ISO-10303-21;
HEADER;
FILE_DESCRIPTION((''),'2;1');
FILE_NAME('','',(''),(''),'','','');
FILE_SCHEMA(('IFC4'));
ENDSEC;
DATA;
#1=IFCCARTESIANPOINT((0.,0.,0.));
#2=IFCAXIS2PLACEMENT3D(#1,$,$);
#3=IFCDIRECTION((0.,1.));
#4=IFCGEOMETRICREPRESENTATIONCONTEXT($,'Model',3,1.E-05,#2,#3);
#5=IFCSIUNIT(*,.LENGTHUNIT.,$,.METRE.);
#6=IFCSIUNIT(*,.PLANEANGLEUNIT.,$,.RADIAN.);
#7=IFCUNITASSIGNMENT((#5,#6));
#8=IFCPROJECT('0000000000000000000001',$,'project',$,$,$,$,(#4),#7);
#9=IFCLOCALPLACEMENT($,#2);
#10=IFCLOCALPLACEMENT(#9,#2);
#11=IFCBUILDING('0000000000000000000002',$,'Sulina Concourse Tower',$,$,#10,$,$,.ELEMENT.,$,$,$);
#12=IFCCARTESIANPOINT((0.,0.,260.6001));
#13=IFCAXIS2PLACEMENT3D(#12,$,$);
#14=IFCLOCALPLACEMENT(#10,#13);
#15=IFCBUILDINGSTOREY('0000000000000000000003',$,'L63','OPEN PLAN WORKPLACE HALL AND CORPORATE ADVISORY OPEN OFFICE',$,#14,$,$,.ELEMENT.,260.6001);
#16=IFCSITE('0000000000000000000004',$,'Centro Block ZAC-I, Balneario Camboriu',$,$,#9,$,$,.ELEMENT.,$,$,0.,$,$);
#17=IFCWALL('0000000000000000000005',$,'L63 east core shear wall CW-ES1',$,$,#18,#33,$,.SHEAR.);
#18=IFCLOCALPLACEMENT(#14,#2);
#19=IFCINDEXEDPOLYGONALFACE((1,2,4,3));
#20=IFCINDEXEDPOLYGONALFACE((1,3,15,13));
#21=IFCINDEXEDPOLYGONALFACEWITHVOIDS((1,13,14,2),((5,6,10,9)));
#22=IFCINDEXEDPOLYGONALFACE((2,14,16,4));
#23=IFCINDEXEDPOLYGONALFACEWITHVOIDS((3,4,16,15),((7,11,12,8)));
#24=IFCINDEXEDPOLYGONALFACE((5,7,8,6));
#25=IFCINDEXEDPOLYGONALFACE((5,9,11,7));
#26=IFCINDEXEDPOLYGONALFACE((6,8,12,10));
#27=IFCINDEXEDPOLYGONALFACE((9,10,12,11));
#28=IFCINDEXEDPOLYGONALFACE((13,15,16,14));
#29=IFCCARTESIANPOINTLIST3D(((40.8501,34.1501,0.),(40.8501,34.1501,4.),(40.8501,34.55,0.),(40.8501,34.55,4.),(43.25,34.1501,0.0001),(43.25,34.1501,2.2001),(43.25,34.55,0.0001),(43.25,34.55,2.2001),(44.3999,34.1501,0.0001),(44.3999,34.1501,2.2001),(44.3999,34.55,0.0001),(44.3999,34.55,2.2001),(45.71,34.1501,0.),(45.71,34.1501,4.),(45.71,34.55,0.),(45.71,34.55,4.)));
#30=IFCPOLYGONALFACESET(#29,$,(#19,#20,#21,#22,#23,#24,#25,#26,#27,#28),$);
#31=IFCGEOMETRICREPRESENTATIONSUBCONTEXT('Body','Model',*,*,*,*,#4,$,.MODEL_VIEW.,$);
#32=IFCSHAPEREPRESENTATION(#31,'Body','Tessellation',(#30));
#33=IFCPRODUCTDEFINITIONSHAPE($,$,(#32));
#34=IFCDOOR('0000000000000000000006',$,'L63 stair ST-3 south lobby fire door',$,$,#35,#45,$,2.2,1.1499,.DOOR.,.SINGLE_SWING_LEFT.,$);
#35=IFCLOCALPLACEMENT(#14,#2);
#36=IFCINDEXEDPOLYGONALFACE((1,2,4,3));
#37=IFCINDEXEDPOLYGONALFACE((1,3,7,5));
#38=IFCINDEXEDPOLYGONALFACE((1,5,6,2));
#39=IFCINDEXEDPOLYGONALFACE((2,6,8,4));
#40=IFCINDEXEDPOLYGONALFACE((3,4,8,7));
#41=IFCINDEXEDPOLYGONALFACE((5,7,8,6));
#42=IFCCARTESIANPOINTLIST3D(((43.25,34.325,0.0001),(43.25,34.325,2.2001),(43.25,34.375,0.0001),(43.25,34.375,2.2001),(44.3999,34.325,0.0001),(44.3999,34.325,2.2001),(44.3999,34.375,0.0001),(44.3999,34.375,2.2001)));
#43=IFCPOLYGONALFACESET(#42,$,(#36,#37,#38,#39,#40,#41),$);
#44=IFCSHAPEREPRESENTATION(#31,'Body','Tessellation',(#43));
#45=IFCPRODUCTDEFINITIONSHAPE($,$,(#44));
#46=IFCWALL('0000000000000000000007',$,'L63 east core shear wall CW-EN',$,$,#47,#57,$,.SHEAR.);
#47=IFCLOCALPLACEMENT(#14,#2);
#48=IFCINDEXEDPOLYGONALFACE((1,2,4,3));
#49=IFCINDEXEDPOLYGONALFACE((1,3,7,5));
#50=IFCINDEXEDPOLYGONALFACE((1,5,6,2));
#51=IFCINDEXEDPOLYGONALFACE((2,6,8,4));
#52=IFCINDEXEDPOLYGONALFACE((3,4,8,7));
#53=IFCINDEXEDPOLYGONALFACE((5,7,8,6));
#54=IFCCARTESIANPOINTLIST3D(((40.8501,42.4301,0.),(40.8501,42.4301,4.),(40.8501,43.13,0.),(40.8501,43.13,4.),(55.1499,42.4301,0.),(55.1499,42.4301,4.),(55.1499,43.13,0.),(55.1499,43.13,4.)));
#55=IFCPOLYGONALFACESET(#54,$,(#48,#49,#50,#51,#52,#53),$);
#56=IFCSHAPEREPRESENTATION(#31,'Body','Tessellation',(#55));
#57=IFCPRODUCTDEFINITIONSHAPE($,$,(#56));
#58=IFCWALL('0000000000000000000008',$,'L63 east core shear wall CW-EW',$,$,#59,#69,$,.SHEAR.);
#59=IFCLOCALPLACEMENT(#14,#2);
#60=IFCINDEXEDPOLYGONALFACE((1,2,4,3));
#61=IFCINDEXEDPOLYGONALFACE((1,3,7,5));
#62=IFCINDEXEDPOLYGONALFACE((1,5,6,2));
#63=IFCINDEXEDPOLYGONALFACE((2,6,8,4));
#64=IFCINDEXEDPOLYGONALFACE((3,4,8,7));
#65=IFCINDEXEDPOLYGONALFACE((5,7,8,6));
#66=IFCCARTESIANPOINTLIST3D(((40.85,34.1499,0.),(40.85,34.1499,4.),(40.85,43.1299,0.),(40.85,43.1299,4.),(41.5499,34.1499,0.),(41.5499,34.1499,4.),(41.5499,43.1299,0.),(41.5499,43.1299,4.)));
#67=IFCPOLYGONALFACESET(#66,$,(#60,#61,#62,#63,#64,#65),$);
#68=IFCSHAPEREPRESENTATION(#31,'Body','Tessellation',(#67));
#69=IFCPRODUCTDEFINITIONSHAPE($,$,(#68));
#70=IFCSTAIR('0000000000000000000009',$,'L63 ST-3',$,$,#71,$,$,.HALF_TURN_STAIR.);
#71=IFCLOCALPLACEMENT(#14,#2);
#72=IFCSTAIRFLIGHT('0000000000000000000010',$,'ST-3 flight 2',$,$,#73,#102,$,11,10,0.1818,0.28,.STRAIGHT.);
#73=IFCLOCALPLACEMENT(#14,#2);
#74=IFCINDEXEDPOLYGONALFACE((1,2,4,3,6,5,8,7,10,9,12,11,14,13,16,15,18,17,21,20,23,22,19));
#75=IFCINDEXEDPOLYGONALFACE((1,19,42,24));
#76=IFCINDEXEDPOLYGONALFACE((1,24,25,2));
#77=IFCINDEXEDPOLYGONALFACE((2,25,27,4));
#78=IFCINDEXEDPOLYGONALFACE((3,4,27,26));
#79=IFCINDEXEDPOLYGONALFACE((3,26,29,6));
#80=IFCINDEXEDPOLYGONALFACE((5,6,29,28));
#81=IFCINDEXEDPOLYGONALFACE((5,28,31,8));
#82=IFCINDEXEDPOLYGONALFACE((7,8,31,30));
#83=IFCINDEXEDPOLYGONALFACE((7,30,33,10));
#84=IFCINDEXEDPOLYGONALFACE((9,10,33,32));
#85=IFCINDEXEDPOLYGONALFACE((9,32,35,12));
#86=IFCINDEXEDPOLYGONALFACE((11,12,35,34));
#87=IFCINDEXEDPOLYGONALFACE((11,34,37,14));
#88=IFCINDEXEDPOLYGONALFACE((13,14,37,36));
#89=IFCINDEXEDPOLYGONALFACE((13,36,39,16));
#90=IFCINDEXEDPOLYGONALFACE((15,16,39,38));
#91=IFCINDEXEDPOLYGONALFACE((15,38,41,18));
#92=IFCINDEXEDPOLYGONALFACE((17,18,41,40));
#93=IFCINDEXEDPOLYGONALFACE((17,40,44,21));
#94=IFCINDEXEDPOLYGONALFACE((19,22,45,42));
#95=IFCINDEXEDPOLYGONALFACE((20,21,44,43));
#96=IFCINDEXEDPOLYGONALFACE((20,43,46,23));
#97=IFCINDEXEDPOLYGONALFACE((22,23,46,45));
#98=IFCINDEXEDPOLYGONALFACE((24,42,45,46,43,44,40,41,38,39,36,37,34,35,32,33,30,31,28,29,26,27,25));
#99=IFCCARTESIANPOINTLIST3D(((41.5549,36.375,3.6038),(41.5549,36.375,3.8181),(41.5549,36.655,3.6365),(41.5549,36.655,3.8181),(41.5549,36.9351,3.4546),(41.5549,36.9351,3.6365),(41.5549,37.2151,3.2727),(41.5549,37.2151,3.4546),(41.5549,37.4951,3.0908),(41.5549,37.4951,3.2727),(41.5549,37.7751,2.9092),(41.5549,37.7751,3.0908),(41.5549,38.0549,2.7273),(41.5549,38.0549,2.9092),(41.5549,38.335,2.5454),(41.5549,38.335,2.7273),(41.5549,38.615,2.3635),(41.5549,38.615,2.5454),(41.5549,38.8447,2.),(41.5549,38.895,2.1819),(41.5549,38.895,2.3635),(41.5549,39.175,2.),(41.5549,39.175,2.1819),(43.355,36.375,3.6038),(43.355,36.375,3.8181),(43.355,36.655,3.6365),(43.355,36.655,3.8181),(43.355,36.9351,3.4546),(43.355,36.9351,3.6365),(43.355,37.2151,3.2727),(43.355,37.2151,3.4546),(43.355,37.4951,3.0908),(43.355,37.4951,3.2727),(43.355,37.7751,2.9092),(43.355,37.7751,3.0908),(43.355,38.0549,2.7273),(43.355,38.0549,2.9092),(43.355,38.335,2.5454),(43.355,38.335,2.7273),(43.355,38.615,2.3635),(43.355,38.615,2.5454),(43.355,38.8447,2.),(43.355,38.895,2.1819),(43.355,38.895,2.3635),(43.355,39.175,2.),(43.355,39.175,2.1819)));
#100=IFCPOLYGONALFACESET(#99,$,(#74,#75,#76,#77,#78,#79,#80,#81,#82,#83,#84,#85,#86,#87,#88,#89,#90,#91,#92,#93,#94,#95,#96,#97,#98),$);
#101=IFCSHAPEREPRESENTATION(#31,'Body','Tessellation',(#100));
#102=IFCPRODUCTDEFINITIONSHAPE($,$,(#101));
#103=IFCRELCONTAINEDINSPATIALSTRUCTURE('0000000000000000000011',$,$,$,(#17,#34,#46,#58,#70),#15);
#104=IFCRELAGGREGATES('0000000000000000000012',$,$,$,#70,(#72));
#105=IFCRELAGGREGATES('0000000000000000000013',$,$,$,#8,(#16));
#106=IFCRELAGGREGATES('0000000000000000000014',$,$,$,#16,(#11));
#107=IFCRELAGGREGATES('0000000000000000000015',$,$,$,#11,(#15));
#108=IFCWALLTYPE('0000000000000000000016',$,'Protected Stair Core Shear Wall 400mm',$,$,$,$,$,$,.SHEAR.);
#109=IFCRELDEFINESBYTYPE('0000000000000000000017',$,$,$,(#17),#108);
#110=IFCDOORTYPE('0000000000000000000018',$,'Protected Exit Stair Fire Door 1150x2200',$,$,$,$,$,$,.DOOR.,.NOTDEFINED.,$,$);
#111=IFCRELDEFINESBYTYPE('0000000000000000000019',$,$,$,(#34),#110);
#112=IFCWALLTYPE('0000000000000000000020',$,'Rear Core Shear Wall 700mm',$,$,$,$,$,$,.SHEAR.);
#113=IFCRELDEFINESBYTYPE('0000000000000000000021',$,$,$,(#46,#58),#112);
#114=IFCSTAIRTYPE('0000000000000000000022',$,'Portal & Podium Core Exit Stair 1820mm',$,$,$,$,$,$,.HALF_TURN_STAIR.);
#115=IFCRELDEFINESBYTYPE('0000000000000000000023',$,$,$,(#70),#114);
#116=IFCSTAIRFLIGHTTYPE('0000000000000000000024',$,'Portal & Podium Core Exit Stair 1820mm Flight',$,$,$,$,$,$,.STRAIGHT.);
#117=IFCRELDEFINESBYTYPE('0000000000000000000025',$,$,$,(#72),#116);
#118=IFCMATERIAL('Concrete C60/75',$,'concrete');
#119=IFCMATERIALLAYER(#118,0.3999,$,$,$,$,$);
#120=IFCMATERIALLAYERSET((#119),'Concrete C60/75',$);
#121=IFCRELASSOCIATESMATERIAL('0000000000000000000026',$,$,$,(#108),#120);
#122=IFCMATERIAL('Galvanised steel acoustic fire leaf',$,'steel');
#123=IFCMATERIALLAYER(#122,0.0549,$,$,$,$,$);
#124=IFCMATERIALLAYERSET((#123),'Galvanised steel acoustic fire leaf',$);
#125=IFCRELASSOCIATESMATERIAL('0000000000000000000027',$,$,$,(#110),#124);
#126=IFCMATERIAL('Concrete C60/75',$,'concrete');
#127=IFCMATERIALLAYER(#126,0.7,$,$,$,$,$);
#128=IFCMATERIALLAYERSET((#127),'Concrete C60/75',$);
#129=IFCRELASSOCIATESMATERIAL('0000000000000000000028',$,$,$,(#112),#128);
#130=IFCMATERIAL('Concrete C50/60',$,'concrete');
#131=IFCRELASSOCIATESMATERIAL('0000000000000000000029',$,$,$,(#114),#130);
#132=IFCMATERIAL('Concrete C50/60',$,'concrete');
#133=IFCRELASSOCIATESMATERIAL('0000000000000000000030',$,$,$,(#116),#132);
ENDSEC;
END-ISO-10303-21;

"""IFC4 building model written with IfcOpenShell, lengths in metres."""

from ifc_helpers import new_model, si_unit, direction, frame, frame_2d, origin, place, context, subcontext, project, spatial, polyline, rectangle, outline, extrude, material, layer, layer_set, type_object, element, fill, aggregate, save


model = new_model("IFC4")

# Units and contexts
model_context = context("Model", 3, precision=1e-05, world=origin(), true_north=direction((0.0, 1.0)))
body_context = subcontext(model_context, "Body", "Model", "MODEL_VIEW")
ifc_project = project(units=[si_unit("LENGTHUNIT", "METRE"), si_unit("PLANEANGLEUNIT", "RADIAN")], contexts=[model_context])

# Site, building, storey
site_placement = place(None, origin())
site = spatial("IfcSite", under=ifc_project, at=site_placement, Name="Centro Block ZAC-I, Balneario Camboriu", CompositionType="ELEMENT", RefElevation=0.0)
building_placement = place(site_placement, origin())
building = spatial("IfcBuilding", under=site, at=building_placement, Name="Sulina Concourse Tower", CompositionType="ELEMENT")
storey_placement = place(building_placement, frame((0.0, 0.0, 260.6001)))
storey = spatial("IfcBuildingStorey", under=building, at=storey_placement, Name="L63", Description="OPEN PLAN WORKPLACE HALL AND CORPORATE ADVISORY OPEN OFFICE", CompositionType="ELEMENT", Elevation=260.6001)

# Wall, opening, door
ifc_material_1 = material(Name="Concrete C60/75", Category="concrete")
ifc_layer_1 = layer(ifc_material_1, 0.3999)
ifc_layer_set_1 = layer_set([ifc_layer_1], Name="Concrete C60/75")
wall_type_1 = type_object("IfcWallType", Name="Protected Stair Core Shear Wall 400mm", PredefinedType="SHEAR", material=ifc_layer_set_1)
wall_1_placement = place(storey_placement, frame((40.8501, 34.3501, 0.0), z_axis=(0.0, 0.0, 1.0), x_axis=(1.0, 0.0, 0.0)))
wall_1 = element("IfcWall", 1, at=wall_1_placement, inside=storey, type_object=wall_type_1, Name="L63 east core shear wall CW-ES1", PredefinedType="SHEAR", context=body_context, shape_type="SweptSolid", body=[
    extrude(rectangle(XDim=4.8599, YDim=0.3999, at=frame_2d((2.4299, 0.0))), origin(), (0.0, 0.0, 1.0), 4.0),
])
opening_placement = place(wall_1_placement, frame((2.3999, 0.0, 0.0)))
opening = element("IfcOpeningElement", 2, at=opening_placement, cuts=wall_1, PredefinedType="OPENING", context=body_context, shape_type="SweptSolid", body=[
    extrude(rectangle(XDim=1.1499, YDim=2.2, at=frame_2d((0.575, 1.1001))), frame((0.0, 0.21, 0.0), z_axis=(0.0, -1.0, 0.0), x_axis=(1.0, 0.0, 0.0)), (0.0, 0.0, 1.0), 0.4199),
])
ifc_material_2 = material(Name="Galvanised steel acoustic fire leaf", Category="steel")
ifc_layer_2 = layer(ifc_material_2, 0.0549)
ifc_layer_set_2 = layer_set([ifc_layer_2], Name="Galvanised steel acoustic fire leaf")
door_type = type_object("IfcDoorType", Name="Protected Exit Stair Fire Door 1150x2200", OperationType="NOTDEFINED", PredefinedType="DOOR", material=ifc_layer_set_2)
door_placement = place(opening_placement, origin())
door = element("IfcDoor", 3, at=door_placement, inside=storey, type_object=door_type, Name="L63 stair ST-3 south lobby fire door", OperationType="SINGLE_SWING_LEFT", OverallHeight=2.2, OverallWidth=1.1499, PredefinedType="DOOR", context=body_context, shape_type="SweptSolid", body=[
    extrude(rectangle(XDim=1.1499, YDim=2.2, at=frame_2d((0.575, 1.1001))), frame((0.0, 0.0249, 0.0), z_axis=(0.0, -1.0, 0.0), x_axis=(1.0, 0.0, 0.0)), (0.0, 0.0, 1.0), 0.05),
])
fill(opening, door)

# Walls
ifc_material_3 = material(Name="Concrete C60/75", Category="concrete")
ifc_layer_3 = layer(ifc_material_3, 0.7)
ifc_layer_set_3 = layer_set([ifc_layer_3], Name="Concrete C60/75")
wall_type_2 = type_object("IfcWallType", Name="Rear Core Shear Wall 700mm", PredefinedType="SHEAR", material=ifc_layer_set_3)
wall_2_placement = place(storey_placement, frame((40.8501, 42.78, 0.0), z_axis=(0.0, 0.0, 1.0), x_axis=(1.0, 0.0, 0.0)))
element("IfcWall", 4, at=wall_2_placement, inside=storey, type_object=wall_type_2, Name="L63 east core shear wall CW-EN", PredefinedType="SHEAR", context=body_context, shape_type="SweptSolid", body=[
    extrude(rectangle(XDim=14.2998, YDim=0.7, at=frame_2d((7.1499, 0.0))), origin(), (0.0, 0.0, 1.0), 4.0),
])
wall_3_placement = place(storey_placement, frame((41.2, 34.1499, 0.0), z_axis=(0.0, 0.0, 1.0), x_axis=(0.0, 1.0, 0.0)))
element("IfcWall", 5, at=wall_3_placement, inside=storey, type_object=wall_type_2, Name="L63 east core shear wall CW-EW", PredefinedType="SHEAR", context=body_context, shape_type="SweptSolid", body=[
    extrude(rectangle(XDim=8.98, YDim=0.7, at=frame_2d((4.49, 0.0))), origin(), (0.0, 0.0, 1.0), 4.0),
])

# Stair, stair flight
ifc_material_4 = material(Name="Concrete C50/60", Category="concrete")
stair_type = type_object("IfcStairType", Name="Portal & Podium Core Exit Stair 1820mm", PredefinedType="HALF_TURN_STAIR", material=ifc_material_4)
stair_placement = place(storey_placement, origin())
stair = element("IfcStair", 6, at=stair_placement, inside=storey, type_object=stair_type, Name="L63 ST-3", PredefinedType="HALF_TURN_STAIR")
ifc_material_5 = material(Name="Concrete C50/60", Category="concrete")
stair_flight_type = type_object("IfcStairFlightType", Name="Portal & Podium Core Exit Stair 1820mm Flight", PredefinedType="STRAIGHT", material=ifc_material_5)
stair_flight_placement = place(storey_placement, frame((42.4551, 39.175, 2.0), z_axis=(0.0, 0.0, 1.0), x_axis=(0.0, -1.0, 0.0)))
stair_flight = element("IfcStairFlight", 7, at=stair_flight_placement, type_object=stair_flight_type, Name="ST-3 flight 2", NumberOfRisers=11, NumberOfTreads=10, PredefinedType="STRAIGHT", RiserHeight=0.1818, TreadLength=0.28, context=body_context, shape_type="SweptSolid", body=[
    extrude(outline(polyline([(0.0, 0.0), (0.0, 0.1819), (0.28, 0.1819), (0.28, 0.3635), (0.5601, 0.3635), (0.5601, 0.5454), (0.8401, 0.5454), (0.8401, 0.7273), (1.1201, 0.7273), (1.1201, 0.9092), (1.3999, 0.9092), (1.3999, 1.0908), (1.6799, 1.0908), (1.6799, 1.2727), (1.96, 1.2727), (1.96, 1.4546), (2.24, 1.4546), (2.24, 1.6365), (2.52, 1.6365), (2.52, 1.8181), (2.8, 1.8181), (2.8, 2.0), (2.8, 1.6038), (0.3303, 0.0), (0.0, 0.0)])), frame((0.0, 0.8999, 0.0), z_axis=(0.0, -1.0, 0.0), x_axis=(1.0, 0.0, 0.0)), (0.0, 0.0, 1.0), 1.8),
])
aggregate(stair, [stair_flight])

save(model, "model.ifc")
